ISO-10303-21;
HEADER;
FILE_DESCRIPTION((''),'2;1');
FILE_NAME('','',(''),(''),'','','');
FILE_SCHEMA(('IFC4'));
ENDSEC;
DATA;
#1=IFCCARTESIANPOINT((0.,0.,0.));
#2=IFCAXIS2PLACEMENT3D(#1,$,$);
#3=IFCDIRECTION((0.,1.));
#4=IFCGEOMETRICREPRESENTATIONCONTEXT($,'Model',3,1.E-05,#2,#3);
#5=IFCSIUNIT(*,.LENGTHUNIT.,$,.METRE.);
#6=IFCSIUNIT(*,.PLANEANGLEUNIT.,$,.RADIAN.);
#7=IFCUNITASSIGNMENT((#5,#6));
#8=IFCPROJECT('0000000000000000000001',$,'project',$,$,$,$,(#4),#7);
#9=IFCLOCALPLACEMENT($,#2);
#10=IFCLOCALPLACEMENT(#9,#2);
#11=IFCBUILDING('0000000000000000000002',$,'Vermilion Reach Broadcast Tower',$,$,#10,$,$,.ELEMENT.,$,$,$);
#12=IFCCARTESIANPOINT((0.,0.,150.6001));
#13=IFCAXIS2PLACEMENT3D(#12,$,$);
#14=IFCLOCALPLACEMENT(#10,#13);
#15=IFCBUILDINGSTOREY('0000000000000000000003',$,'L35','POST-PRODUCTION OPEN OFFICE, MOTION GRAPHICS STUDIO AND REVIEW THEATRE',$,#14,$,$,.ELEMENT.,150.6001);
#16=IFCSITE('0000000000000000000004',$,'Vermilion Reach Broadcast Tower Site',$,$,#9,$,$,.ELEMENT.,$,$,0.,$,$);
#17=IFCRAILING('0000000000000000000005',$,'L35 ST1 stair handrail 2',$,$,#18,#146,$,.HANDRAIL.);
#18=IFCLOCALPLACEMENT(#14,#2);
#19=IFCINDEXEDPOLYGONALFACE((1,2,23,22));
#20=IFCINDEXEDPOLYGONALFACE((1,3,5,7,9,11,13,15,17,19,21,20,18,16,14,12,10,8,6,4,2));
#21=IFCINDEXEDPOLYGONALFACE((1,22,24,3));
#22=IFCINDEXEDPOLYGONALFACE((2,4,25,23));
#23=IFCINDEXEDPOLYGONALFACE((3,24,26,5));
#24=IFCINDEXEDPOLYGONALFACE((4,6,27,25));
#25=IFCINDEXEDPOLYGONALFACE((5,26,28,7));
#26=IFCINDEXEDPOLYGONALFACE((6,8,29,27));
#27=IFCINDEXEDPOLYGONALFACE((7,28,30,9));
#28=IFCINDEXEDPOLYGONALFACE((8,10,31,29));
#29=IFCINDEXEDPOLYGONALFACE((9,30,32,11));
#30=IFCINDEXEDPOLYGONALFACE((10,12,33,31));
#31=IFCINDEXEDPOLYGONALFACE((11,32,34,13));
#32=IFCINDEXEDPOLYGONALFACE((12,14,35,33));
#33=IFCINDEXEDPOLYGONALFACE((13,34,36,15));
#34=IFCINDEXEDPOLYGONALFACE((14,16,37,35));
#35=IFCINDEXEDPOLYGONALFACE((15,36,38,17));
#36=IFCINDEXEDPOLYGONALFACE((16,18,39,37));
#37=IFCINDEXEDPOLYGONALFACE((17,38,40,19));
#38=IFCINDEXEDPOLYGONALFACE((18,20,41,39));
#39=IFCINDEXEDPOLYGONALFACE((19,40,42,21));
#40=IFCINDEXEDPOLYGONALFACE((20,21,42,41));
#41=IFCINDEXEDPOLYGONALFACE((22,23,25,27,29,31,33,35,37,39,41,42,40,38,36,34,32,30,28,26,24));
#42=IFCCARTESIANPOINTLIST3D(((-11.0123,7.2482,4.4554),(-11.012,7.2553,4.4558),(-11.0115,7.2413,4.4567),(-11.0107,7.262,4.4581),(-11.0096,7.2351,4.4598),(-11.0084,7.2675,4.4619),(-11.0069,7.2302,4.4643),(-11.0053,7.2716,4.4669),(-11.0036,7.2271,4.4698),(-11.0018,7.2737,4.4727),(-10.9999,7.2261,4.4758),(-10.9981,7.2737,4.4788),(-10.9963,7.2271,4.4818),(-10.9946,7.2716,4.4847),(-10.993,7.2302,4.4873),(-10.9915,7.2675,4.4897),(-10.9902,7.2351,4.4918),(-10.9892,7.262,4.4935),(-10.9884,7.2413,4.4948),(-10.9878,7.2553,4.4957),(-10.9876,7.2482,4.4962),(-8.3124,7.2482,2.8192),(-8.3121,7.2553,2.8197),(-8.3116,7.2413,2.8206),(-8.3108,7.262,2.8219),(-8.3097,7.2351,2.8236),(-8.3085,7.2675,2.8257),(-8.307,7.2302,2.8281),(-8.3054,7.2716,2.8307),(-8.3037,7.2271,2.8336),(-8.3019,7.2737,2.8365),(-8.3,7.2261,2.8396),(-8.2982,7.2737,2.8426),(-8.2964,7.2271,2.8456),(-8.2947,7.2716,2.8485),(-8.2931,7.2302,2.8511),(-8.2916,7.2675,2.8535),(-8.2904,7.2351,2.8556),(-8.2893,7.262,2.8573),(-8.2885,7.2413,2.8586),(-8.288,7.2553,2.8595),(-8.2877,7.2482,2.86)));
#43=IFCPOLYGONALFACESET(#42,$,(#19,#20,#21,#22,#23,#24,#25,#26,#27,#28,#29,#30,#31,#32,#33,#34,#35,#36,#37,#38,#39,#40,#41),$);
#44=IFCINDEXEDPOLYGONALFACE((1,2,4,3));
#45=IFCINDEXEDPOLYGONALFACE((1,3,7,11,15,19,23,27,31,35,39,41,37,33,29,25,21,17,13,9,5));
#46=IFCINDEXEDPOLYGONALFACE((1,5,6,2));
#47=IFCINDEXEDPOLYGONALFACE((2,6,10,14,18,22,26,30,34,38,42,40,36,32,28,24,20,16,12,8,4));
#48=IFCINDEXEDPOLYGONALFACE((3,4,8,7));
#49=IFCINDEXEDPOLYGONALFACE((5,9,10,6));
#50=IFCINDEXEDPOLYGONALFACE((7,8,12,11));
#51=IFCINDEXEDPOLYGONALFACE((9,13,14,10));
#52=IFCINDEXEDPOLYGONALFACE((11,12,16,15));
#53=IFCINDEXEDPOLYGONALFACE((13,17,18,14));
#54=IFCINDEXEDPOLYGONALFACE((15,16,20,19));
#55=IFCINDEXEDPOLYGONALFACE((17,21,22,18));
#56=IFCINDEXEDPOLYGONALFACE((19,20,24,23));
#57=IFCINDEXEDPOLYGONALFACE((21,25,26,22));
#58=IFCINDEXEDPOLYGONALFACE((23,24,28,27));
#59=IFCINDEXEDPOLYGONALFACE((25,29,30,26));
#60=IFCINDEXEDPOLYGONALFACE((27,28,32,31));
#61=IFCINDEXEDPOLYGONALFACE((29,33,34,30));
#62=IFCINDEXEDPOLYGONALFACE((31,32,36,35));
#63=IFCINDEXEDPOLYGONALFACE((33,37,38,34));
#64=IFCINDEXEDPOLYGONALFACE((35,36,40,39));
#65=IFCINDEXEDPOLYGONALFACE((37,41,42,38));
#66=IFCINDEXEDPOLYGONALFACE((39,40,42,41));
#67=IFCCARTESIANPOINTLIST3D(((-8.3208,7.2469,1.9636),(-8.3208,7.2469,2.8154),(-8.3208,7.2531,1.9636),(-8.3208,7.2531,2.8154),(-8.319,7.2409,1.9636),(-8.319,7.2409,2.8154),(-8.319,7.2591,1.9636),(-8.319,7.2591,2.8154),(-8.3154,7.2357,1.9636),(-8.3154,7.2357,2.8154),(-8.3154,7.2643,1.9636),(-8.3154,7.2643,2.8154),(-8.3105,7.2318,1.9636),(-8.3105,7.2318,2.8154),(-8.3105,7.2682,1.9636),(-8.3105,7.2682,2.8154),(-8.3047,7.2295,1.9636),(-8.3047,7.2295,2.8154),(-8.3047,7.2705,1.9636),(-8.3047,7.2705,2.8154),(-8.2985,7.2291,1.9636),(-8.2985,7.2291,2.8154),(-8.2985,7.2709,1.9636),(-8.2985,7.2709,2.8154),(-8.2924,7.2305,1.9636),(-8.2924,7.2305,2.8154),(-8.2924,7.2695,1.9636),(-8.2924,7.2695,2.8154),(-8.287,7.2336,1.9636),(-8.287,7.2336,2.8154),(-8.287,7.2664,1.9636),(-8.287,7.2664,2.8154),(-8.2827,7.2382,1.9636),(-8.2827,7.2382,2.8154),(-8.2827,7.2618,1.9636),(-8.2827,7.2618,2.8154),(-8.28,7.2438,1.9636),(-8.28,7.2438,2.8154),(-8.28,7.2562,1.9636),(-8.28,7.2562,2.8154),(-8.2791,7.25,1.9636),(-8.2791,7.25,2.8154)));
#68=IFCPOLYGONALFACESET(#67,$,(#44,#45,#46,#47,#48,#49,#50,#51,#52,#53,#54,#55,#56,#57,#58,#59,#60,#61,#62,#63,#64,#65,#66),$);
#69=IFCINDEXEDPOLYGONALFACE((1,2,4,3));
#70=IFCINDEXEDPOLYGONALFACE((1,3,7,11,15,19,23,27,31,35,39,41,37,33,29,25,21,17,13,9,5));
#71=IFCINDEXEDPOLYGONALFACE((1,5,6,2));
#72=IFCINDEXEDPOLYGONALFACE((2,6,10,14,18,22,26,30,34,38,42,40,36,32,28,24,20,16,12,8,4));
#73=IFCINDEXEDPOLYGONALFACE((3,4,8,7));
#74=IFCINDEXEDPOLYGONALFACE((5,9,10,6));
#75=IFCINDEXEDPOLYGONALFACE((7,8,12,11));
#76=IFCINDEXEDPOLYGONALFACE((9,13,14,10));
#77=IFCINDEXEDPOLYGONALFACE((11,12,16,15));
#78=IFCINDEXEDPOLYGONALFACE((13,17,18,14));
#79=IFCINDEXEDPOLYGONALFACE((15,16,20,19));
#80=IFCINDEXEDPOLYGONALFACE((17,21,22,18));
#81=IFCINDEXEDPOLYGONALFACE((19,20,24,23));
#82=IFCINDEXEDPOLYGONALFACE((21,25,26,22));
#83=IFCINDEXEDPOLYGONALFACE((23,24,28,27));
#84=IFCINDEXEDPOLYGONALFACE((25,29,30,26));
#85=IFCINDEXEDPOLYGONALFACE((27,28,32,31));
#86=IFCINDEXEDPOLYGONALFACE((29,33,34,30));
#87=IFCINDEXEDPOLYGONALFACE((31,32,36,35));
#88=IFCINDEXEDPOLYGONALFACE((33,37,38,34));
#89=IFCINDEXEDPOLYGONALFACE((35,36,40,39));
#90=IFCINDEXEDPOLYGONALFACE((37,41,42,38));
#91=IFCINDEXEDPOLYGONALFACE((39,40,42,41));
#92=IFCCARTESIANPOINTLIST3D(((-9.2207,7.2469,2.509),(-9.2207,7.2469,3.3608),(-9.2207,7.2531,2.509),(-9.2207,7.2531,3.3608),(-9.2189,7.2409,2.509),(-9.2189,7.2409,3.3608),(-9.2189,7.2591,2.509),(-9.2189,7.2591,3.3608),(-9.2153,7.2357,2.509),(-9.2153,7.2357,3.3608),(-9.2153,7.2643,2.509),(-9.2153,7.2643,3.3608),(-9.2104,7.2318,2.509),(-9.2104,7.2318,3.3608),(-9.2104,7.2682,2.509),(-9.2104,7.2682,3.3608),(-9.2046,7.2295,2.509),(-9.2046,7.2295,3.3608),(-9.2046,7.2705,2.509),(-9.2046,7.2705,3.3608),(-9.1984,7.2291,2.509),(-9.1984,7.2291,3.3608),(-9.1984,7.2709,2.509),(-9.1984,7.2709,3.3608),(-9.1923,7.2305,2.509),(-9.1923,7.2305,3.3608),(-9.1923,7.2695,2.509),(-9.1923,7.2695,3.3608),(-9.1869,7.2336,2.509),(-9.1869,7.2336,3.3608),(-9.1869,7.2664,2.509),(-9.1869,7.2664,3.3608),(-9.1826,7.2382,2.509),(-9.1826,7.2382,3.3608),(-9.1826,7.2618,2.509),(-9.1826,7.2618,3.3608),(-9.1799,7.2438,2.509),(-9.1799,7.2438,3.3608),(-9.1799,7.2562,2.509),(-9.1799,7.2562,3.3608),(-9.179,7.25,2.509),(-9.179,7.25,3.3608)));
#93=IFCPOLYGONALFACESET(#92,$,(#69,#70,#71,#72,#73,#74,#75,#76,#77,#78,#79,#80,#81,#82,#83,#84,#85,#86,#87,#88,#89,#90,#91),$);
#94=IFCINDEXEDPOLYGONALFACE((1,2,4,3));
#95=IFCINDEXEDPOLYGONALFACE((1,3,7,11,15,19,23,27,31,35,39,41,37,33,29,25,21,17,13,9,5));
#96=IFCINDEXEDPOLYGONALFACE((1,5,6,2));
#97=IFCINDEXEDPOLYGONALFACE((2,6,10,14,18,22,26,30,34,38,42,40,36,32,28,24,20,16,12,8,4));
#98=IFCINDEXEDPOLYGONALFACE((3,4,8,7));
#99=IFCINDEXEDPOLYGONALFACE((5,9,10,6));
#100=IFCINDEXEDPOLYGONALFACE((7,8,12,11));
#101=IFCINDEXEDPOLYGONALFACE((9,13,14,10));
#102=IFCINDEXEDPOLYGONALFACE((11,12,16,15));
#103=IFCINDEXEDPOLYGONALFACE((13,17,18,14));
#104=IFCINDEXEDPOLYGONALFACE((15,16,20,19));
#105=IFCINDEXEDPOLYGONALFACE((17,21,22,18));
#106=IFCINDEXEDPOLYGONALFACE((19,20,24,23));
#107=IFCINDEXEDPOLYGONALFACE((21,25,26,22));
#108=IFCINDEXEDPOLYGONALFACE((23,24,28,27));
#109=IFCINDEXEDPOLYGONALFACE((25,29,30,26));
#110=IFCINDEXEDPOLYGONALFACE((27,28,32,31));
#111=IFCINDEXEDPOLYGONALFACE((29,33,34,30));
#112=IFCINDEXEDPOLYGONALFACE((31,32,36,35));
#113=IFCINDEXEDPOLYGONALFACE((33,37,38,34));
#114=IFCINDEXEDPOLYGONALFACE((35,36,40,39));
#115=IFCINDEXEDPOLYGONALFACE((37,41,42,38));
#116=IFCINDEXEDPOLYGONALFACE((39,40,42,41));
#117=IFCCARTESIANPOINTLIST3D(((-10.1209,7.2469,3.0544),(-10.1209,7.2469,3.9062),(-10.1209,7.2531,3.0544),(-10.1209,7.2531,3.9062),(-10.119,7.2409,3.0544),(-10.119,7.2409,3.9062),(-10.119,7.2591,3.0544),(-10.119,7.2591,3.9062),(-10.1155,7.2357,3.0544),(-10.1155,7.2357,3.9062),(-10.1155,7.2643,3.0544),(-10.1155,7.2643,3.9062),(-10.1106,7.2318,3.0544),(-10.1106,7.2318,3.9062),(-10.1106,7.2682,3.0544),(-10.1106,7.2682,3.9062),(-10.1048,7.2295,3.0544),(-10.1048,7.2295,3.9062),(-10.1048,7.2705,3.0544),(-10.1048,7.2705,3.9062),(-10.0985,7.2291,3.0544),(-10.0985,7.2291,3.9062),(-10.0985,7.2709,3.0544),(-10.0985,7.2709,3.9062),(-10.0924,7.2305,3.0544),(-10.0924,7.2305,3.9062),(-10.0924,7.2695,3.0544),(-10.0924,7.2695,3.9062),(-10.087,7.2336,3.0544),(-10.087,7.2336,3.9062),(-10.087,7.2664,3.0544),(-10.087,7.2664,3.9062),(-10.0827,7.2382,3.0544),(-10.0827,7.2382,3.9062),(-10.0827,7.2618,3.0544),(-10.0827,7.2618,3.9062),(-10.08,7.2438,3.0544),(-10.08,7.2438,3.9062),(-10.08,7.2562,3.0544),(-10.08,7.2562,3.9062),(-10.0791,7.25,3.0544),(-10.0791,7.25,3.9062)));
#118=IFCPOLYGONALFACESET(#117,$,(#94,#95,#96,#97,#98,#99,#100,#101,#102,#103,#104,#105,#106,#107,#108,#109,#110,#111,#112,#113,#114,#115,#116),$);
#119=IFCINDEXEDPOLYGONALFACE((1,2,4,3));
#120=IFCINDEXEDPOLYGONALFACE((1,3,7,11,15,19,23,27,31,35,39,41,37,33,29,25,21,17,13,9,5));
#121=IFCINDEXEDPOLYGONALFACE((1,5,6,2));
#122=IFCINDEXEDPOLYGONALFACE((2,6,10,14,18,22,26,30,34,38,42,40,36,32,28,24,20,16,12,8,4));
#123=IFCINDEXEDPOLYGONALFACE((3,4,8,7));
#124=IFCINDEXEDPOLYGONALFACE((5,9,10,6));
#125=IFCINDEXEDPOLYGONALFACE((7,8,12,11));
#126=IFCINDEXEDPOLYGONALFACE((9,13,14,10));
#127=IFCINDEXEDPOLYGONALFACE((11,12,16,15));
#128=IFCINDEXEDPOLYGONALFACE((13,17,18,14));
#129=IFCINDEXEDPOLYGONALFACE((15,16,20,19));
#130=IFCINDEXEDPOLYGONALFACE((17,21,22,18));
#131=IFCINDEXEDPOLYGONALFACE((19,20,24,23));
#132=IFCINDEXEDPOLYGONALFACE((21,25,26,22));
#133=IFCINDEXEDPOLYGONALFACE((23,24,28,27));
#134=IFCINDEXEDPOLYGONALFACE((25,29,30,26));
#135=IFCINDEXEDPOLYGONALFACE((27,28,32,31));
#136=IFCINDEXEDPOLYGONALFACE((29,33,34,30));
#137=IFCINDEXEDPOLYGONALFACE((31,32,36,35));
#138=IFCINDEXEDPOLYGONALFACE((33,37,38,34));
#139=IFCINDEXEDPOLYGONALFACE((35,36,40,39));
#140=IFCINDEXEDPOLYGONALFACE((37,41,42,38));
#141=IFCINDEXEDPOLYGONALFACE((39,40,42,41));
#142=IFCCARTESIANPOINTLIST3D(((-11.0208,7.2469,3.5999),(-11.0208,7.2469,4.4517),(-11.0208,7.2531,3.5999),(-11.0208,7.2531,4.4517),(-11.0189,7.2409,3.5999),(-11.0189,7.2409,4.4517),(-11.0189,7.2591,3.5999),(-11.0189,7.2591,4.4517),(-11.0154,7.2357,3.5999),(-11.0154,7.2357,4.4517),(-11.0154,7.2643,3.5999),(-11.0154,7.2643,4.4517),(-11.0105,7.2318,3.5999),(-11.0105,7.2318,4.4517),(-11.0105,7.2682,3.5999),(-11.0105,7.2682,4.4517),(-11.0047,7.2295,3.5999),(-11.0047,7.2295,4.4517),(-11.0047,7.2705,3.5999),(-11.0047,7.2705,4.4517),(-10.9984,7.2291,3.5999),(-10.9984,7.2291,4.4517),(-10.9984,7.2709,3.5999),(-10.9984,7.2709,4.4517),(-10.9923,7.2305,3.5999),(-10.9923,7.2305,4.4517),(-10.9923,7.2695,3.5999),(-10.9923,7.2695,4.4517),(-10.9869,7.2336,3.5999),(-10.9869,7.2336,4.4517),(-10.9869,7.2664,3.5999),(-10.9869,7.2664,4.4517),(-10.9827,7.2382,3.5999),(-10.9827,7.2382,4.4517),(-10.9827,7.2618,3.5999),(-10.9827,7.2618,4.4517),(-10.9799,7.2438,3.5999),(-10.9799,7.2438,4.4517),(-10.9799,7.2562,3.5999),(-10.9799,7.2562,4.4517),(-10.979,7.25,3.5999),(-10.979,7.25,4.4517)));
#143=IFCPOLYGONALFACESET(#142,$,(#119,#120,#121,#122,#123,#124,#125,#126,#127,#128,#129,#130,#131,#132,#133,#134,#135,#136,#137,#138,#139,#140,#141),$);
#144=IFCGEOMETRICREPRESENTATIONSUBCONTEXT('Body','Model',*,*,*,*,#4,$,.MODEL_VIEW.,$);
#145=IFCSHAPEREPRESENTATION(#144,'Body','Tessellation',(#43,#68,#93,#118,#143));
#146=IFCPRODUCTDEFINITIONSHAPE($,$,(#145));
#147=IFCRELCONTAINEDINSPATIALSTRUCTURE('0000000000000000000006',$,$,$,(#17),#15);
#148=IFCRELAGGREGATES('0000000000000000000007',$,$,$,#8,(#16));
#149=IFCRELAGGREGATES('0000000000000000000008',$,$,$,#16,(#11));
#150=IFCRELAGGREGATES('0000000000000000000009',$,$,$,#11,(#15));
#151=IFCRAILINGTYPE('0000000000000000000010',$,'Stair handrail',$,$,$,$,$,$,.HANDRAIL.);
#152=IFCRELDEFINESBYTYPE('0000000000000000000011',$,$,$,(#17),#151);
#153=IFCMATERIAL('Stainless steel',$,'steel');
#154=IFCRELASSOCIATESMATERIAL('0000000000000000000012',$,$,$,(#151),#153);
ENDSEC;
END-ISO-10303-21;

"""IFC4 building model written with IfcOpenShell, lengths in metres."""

from ifc_helpers import new_model, si_unit, direction, frame, origin, origin_2d, place, context, subcontext, project, spatial, circle, extrude, material, type_object, element, save


model = new_model("IFC4")

# Units and contexts
model_context = context("Model", 3, precision=1e-05, world=origin(), true_north=direction((0.0, 1.0)))
body_context = subcontext(model_context, "Body", "Model", "MODEL_VIEW")
ifc_project = project(units=[si_unit("LENGTHUNIT", "METRE"), si_unit("PLANEANGLEUNIT", "RADIAN")], contexts=[model_context])

# Site, building, storey
site_placement = place(None, origin())
site = spatial("IfcSite", under=ifc_project, at=site_placement, Name="Vermilion Reach Broadcast Tower Site", CompositionType="ELEMENT", RefElevation=0.0)
building_placement = place(site_placement, origin())
building = spatial("IfcBuilding", under=site, at=building_placement, Name="Vermilion Reach Broadcast Tower", CompositionType="ELEMENT")
storey_placement = place(building_placement, frame((0.0, 0.0, 150.6001)))
storey = spatial("IfcBuildingStorey", under=building, at=storey_placement, Name="L35", Description="POST-PRODUCTION OPEN OFFICE, MOTION GRAPHICS STUDIO AND REVIEW THEATRE", CompositionType="ELEMENT", Elevation=150.6001)

# Railing
ifc_material_1 = material(Name="Stainless steel", Category="steel")
railing_type_1 = type_object("IfcRailingType", Name="Stair handrail", PredefinedType="HANDRAIL", material=ifc_material_1)
railing_1_placement = place(storey_placement, frame((-8.3, 7.25, 1.9636)))
element("IfcRailing", 1, at=railing_1_placement, inside=storey, type_object=railing_type_1, Name="L35 ST1 stair handrail 2", PredefinedType="HANDRAIL", context=body_context, shape_type="SweptSolid", body=[
    extrude(circle(Radius=0.0239, at=origin_2d()), frame((0.0, 0.0, 0.876), z_axis=(-0.855212, 0.0, 0.518278), x_axis=(0.0, -1.0, 0.0)), (0.0, 0.0, 1.0), 3.157),
    extrude(circle(Radius=0.021, at=origin_2d()), origin(), (0.0, 0.0, 1.0), 0.8518),
    extrude(circle(Radius=0.021, at=origin_2d()), frame((-0.8999, 0.0, 0.5454)), (0.0, 0.0, 1.0), 0.8518),
    extrude(circle(Radius=0.021, at=origin_2d()), frame((-1.8, 0.0, 1.0908)), (0.0, 0.0, 1.0), 0.8518),
    extrude(circle(Radius=0.021, at=origin_2d()), frame((-2.7, 0.0, 1.6362)), (0.0, 0.0, 1.0), 0.8518),
])

save(model, "model.ifc")
